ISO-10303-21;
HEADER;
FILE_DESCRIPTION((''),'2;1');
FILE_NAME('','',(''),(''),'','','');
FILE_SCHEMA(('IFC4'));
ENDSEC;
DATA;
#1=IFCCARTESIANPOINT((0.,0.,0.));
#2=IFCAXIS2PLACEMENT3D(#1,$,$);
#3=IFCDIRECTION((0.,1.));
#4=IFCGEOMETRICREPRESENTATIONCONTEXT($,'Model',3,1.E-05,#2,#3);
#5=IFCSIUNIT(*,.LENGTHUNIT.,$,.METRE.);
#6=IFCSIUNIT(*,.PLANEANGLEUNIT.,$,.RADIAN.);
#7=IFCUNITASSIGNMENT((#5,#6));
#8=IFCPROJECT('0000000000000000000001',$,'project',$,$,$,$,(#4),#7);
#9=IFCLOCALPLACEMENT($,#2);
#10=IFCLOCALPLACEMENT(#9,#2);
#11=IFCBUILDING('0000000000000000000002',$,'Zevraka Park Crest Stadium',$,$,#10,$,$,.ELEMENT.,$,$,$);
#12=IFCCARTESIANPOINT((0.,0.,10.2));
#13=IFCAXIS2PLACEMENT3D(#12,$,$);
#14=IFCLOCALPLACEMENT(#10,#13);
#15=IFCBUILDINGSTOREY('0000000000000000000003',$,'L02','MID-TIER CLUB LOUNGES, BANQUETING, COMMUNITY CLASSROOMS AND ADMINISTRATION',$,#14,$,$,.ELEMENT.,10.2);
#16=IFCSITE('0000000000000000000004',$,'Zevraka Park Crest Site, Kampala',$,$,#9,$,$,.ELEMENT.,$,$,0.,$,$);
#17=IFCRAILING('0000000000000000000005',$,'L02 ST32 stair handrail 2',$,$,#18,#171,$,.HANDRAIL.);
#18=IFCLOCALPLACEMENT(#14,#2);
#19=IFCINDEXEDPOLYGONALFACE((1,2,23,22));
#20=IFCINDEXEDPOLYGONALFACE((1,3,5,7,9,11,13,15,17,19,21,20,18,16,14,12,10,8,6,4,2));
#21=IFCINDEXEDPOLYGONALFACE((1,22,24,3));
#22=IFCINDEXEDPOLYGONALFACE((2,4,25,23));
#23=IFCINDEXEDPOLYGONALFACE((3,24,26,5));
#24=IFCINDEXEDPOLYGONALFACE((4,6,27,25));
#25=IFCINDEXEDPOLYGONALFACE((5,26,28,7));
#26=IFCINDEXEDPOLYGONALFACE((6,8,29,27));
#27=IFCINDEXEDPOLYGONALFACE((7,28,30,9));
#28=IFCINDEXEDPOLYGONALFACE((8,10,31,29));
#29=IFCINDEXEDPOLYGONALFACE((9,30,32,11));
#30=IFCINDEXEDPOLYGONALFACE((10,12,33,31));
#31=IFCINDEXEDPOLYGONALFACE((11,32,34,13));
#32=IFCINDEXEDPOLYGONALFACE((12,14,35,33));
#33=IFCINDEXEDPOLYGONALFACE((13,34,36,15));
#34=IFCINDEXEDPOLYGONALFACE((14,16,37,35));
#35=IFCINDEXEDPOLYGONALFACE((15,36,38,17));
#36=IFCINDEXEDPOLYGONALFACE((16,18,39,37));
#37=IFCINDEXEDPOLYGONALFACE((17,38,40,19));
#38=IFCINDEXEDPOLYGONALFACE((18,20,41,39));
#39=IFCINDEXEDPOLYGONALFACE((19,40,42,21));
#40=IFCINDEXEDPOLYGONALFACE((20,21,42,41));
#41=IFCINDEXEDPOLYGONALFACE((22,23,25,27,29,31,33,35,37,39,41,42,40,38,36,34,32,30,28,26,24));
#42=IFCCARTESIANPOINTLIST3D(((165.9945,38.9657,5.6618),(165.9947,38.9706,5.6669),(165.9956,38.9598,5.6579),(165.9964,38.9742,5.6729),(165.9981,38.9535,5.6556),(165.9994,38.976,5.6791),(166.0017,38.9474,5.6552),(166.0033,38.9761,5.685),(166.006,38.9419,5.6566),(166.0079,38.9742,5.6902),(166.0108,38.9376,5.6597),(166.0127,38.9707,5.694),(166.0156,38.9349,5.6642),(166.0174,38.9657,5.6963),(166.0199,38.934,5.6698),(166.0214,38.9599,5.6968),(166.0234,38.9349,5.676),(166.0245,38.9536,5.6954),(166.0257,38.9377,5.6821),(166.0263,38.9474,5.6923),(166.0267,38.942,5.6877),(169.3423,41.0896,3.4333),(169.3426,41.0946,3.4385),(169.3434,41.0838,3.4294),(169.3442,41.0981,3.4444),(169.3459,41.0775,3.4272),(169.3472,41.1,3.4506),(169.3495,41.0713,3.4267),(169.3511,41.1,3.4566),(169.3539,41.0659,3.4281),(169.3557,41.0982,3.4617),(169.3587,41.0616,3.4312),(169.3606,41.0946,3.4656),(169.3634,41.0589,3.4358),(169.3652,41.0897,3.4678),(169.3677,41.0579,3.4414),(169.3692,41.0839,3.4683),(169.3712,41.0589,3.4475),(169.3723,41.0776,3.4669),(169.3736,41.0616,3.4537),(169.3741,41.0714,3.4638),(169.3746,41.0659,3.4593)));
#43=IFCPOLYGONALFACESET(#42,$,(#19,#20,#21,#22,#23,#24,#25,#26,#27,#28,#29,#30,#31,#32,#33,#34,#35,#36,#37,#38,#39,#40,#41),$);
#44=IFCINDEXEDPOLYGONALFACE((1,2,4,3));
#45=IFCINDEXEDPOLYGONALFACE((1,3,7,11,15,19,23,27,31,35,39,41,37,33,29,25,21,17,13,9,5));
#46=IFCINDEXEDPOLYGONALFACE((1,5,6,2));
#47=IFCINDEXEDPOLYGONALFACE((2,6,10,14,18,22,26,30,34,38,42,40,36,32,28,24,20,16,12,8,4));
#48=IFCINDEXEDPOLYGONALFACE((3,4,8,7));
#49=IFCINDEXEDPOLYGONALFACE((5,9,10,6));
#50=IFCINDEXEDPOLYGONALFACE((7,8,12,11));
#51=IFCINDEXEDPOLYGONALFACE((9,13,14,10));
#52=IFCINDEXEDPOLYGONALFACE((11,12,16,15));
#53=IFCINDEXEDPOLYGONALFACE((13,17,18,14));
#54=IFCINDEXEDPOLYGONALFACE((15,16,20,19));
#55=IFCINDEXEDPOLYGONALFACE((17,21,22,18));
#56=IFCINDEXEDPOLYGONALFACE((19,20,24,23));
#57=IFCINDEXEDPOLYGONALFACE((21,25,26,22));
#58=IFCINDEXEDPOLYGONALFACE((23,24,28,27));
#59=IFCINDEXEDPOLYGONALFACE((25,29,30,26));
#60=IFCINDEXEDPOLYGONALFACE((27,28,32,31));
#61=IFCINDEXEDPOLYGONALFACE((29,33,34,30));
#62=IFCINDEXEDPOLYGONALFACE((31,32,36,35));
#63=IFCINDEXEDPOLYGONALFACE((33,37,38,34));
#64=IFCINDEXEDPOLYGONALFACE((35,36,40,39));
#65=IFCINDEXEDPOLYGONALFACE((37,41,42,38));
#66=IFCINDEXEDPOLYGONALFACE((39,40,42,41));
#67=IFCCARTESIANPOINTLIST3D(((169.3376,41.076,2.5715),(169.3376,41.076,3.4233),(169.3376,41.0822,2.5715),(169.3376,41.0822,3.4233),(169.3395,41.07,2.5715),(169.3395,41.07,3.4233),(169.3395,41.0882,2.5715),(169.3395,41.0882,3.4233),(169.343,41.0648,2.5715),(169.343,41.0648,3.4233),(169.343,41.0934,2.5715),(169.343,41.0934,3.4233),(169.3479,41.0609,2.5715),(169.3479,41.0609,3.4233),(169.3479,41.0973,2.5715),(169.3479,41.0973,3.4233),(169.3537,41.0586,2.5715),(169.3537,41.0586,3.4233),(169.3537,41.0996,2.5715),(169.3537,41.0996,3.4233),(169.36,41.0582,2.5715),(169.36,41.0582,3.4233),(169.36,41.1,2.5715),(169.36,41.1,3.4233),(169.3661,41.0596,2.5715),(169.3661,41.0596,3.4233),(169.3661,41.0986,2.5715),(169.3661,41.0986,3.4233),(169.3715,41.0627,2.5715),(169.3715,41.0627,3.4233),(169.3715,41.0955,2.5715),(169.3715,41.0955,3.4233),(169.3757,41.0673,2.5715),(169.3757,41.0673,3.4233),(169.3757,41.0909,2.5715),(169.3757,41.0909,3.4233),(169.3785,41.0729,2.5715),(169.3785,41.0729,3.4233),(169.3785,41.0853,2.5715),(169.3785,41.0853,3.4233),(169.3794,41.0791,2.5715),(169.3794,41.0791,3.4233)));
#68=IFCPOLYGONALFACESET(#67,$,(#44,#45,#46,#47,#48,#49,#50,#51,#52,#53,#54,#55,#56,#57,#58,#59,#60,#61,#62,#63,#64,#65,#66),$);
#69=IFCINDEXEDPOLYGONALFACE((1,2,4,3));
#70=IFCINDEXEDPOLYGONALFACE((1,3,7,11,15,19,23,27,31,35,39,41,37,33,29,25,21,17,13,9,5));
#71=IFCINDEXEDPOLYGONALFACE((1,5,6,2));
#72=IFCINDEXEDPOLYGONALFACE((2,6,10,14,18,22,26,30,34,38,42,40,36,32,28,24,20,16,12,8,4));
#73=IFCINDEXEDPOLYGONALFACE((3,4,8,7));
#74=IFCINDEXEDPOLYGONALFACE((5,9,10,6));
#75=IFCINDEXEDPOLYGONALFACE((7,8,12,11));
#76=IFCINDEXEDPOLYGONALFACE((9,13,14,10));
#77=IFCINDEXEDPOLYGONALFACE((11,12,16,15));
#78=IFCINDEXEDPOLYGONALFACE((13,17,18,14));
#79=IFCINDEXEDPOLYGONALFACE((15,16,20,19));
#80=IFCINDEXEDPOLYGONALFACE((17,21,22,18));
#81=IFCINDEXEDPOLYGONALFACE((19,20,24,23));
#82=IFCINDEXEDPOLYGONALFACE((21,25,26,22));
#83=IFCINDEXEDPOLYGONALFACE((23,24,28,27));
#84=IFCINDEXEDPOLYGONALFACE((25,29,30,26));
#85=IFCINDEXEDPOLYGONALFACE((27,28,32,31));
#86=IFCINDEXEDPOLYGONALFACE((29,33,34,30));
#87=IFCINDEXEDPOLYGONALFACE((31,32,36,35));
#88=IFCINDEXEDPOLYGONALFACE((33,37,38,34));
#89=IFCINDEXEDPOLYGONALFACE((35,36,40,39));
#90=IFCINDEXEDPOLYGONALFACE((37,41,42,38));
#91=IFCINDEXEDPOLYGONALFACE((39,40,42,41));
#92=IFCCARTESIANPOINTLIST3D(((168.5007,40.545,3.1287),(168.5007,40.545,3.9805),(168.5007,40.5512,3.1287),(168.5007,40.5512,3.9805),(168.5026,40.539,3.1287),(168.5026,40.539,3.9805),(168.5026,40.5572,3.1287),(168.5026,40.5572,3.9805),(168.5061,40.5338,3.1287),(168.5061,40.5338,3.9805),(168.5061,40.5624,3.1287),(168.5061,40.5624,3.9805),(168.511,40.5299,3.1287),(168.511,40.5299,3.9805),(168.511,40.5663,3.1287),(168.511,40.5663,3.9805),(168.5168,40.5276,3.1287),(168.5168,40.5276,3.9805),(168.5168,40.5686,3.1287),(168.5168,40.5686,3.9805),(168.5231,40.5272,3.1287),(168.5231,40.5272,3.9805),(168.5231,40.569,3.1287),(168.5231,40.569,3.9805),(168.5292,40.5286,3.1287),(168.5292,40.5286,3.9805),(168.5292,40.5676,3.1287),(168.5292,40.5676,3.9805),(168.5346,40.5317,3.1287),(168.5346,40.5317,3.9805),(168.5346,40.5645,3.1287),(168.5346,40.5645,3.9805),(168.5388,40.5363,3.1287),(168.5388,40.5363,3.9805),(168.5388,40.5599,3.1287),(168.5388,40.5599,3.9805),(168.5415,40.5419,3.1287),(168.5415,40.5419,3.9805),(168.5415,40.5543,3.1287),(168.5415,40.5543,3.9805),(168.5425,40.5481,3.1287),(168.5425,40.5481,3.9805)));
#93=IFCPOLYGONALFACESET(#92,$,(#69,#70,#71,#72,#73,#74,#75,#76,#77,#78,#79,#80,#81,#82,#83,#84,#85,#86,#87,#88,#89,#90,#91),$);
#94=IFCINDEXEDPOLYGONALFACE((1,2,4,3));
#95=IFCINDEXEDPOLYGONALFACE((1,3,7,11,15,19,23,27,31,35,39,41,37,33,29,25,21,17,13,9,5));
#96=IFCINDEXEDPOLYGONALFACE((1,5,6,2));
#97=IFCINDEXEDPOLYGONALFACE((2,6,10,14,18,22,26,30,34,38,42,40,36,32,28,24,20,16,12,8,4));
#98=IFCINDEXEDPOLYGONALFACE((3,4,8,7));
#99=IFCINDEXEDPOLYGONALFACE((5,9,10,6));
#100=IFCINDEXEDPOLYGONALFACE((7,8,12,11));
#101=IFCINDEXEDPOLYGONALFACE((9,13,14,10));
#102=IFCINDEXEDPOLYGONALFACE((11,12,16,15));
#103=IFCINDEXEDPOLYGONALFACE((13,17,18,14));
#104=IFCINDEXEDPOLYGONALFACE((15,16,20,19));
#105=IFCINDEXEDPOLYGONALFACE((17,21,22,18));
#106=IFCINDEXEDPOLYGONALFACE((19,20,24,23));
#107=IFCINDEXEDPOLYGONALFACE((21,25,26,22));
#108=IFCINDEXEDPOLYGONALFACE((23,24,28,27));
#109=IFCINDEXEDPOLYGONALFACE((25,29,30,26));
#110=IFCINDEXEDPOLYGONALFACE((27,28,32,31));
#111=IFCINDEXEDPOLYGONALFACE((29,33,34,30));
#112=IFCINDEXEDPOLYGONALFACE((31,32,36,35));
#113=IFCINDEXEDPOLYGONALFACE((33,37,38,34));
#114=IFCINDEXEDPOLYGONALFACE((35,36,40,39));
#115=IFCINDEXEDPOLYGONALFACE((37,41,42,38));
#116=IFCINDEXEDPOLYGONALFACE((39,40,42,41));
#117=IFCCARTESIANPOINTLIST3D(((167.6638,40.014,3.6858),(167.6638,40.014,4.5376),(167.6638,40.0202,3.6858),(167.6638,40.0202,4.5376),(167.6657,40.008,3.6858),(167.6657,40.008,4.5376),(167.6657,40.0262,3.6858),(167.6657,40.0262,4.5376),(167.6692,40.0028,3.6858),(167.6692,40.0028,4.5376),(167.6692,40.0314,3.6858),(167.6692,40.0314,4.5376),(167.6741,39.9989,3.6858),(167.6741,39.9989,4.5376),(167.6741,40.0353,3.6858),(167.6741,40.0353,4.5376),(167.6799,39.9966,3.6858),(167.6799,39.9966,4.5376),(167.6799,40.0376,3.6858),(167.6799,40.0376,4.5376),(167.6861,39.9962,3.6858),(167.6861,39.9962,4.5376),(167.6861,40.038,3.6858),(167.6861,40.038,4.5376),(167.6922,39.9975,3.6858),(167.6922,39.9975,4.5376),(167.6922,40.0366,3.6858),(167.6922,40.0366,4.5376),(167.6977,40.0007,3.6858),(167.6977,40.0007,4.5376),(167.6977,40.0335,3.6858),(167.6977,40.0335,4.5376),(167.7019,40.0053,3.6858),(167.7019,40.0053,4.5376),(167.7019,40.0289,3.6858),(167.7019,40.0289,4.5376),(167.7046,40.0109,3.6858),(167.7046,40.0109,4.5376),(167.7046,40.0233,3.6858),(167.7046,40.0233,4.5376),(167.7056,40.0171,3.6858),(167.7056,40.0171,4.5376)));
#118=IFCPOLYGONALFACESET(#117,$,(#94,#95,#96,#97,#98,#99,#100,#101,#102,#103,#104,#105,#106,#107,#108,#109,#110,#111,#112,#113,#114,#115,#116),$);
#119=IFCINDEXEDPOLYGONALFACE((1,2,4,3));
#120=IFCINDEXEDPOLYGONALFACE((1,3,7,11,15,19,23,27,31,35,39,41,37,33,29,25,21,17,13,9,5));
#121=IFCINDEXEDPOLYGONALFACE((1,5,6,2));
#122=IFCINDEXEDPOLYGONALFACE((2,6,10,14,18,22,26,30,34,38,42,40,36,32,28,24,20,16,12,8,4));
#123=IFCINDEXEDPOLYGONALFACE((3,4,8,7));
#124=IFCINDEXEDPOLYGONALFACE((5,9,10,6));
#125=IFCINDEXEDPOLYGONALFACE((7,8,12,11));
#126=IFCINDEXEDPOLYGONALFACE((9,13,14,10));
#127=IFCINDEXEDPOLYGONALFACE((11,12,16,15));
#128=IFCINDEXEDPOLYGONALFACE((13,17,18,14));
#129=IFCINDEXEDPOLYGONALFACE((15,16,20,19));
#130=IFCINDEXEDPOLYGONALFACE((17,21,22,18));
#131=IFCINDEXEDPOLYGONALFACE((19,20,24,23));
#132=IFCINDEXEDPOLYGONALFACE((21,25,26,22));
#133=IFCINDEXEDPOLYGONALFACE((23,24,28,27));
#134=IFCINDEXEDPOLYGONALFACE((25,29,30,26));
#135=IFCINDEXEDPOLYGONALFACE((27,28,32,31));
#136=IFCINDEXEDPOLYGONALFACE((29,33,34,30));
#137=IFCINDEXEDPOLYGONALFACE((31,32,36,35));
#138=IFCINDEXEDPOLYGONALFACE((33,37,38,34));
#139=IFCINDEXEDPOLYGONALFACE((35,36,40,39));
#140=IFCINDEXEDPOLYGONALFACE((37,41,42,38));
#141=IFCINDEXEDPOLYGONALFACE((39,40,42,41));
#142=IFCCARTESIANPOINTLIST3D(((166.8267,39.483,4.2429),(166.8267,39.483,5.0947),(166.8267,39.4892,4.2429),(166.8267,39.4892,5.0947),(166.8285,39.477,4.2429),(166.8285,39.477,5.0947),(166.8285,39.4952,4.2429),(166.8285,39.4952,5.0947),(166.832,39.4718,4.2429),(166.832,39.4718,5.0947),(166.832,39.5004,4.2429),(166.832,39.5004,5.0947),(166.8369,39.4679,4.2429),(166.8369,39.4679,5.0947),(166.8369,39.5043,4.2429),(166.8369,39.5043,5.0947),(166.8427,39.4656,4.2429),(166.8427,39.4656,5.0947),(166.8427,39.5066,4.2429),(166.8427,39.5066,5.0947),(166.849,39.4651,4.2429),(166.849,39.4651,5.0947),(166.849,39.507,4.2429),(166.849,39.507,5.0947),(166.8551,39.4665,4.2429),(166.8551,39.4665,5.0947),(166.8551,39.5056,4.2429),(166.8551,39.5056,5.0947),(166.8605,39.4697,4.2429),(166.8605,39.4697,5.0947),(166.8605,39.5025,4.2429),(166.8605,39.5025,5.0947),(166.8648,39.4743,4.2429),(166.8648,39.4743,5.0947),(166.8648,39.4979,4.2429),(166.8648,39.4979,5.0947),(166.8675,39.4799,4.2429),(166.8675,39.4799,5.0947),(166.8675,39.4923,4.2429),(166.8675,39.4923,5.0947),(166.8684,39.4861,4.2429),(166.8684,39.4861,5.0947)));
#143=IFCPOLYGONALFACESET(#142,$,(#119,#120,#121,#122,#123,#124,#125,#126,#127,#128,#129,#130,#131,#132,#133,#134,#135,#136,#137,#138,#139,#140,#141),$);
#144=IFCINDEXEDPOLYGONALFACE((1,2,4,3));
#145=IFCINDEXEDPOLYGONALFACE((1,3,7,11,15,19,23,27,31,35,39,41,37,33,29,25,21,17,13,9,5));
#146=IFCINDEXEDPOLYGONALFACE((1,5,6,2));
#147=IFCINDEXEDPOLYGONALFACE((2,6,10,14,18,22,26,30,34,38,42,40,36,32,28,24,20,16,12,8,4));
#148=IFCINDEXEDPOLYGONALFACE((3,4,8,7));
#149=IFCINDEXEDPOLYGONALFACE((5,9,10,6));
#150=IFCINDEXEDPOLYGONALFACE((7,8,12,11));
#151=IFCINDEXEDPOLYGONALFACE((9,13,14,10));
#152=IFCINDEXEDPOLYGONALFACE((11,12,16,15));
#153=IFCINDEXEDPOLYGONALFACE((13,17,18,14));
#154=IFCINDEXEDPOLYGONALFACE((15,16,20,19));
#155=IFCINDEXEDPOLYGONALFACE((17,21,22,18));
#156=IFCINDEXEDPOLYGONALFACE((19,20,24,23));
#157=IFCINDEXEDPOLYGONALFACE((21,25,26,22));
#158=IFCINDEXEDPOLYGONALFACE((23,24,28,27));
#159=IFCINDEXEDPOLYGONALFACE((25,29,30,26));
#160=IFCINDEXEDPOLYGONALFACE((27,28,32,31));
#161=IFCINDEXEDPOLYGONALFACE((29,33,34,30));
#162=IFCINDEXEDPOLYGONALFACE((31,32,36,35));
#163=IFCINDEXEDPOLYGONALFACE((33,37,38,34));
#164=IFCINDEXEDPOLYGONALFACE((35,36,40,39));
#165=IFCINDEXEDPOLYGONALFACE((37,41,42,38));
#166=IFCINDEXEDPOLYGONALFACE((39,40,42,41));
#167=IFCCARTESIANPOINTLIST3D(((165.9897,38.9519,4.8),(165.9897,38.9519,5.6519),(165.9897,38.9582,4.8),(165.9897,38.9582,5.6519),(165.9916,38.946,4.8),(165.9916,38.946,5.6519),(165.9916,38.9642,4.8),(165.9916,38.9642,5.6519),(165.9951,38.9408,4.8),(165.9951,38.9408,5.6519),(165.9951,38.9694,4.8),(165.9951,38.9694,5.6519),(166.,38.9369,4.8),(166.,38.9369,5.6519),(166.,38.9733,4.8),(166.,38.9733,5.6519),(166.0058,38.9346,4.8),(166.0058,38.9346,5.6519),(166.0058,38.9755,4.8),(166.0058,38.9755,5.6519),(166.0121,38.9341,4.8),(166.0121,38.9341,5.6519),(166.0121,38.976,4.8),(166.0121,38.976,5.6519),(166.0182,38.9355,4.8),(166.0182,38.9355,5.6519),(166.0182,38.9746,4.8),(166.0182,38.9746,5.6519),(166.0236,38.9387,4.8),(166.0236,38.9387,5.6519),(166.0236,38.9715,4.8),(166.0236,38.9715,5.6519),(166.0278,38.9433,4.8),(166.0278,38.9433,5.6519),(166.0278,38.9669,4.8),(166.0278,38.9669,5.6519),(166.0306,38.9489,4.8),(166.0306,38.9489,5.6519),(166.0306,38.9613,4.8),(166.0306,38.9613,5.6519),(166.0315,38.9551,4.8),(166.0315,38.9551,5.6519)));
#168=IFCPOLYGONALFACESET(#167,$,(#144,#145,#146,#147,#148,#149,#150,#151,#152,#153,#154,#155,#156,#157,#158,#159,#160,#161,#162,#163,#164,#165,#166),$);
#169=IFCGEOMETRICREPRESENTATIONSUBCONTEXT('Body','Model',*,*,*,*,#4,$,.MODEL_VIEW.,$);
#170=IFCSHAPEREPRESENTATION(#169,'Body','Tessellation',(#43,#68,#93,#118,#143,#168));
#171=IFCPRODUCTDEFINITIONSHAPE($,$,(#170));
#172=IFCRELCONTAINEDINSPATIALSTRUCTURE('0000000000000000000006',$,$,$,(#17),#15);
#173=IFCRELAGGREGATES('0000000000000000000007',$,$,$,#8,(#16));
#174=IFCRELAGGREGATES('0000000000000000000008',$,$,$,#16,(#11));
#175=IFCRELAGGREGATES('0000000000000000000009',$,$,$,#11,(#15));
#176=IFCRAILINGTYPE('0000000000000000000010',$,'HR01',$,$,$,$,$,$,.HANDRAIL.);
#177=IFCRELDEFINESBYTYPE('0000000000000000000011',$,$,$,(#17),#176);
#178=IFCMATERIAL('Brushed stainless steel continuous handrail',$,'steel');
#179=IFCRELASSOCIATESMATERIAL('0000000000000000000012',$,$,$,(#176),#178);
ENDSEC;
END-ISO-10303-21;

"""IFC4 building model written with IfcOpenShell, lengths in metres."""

from ifc_helpers import new_model, si_unit, direction, frame, origin, origin_2d, place, context, subcontext, project, spatial, circle, extrude, material, type_object, element, save


model = new_model("IFC4")

# Units and contexts
model_context = context("Model", 3, precision=1e-05, world=origin(), true_north=direction((0.0, 1.0)))
body_context = subcontext(model_context, "Body", "Model", "MODEL_VIEW")
ifc_project = project(units=[si_unit("LENGTHUNIT", "METRE"), si_unit("PLANEANGLEUNIT", "RADIAN")], contexts=[model_context])

# Site, building, storey
site_placement = place(None, origin())
site = spatial("IfcSite", under=ifc_project, at=site_placement, Name="Zevraka Park Crest Site, Kampala", CompositionType="ELEMENT", RefElevation=0.0)
building_placement = place(site_placement, origin())
building = spatial("IfcBuilding", under=site, at=building_placement, Name="Zevraka Park Crest Stadium", CompositionType="ELEMENT")
storey_placement = place(building_placement, frame((0.0, 0.0, 10.2)))
storey = spatial("IfcBuildingStorey", under=building, at=storey_placement, Name="L02", Description="MID-TIER CLUB LOUNGES, BANQUETING, COMMUNITY CLASSROOMS AND ADMINISTRATION", CompositionType="ELEMENT", Elevation=10.2)

# Railing
ifc_material_1 = material(Name="Brushed stainless steel continuous handrail", Category="steel")
railing_type_1 = type_object("IfcRailingType", Name="HR01", PredefinedType="HANDRAIL", material=ifc_material_1)
railing_1_placement = place(storey_placement, frame((169.3584, 41.0791, 2.5715)))
element("IfcRailing", 1, at=railing_1_placement, inside=storey, type_object=railing_type_1, Name="L02 ST32 stair handrail 2", PredefinedType="HANDRAIL", context=body_context, shape_type="SweptSolid", body=[
    extrude(circle(Radius=0.0239, at=origin_2d()), frame((0.0, 0.0, 0.876), z_axis=(-0.736092, -0.467002, 0.489977), x_axis=(0.535716, -0.844399, 0.0)), (0.0, 0.0, 1.0), 4.5481),
    extrude(circle(Radius=0.021, at=origin_2d()), origin(), (0.0, 0.0, 1.0), 0.8518),
    extrude(circle(Radius=0.021, at=origin_2d()), frame((-0.8369, -0.531, 0.5571)), (0.0, 0.0, 1.0), 0.8518),
    extrude(circle(Radius=0.021, at=origin_2d()), frame((-1.6738, -1.062, 1.1143)), (0.0, 0.0, 1.0), 0.8518),
    extrude(circle(Radius=0.021, at=origin_2d()), frame((-2.511, -1.593, 1.6714)), (0.0, 0.0, 1.0), 0.8518),
    extrude(circle(Radius=0.021, at=origin_2d()), frame((-3.3479, -2.124, 2.2285)), (0.0, 0.0, 1.0), 0.8518),
])

save(model, "model.ifc")
